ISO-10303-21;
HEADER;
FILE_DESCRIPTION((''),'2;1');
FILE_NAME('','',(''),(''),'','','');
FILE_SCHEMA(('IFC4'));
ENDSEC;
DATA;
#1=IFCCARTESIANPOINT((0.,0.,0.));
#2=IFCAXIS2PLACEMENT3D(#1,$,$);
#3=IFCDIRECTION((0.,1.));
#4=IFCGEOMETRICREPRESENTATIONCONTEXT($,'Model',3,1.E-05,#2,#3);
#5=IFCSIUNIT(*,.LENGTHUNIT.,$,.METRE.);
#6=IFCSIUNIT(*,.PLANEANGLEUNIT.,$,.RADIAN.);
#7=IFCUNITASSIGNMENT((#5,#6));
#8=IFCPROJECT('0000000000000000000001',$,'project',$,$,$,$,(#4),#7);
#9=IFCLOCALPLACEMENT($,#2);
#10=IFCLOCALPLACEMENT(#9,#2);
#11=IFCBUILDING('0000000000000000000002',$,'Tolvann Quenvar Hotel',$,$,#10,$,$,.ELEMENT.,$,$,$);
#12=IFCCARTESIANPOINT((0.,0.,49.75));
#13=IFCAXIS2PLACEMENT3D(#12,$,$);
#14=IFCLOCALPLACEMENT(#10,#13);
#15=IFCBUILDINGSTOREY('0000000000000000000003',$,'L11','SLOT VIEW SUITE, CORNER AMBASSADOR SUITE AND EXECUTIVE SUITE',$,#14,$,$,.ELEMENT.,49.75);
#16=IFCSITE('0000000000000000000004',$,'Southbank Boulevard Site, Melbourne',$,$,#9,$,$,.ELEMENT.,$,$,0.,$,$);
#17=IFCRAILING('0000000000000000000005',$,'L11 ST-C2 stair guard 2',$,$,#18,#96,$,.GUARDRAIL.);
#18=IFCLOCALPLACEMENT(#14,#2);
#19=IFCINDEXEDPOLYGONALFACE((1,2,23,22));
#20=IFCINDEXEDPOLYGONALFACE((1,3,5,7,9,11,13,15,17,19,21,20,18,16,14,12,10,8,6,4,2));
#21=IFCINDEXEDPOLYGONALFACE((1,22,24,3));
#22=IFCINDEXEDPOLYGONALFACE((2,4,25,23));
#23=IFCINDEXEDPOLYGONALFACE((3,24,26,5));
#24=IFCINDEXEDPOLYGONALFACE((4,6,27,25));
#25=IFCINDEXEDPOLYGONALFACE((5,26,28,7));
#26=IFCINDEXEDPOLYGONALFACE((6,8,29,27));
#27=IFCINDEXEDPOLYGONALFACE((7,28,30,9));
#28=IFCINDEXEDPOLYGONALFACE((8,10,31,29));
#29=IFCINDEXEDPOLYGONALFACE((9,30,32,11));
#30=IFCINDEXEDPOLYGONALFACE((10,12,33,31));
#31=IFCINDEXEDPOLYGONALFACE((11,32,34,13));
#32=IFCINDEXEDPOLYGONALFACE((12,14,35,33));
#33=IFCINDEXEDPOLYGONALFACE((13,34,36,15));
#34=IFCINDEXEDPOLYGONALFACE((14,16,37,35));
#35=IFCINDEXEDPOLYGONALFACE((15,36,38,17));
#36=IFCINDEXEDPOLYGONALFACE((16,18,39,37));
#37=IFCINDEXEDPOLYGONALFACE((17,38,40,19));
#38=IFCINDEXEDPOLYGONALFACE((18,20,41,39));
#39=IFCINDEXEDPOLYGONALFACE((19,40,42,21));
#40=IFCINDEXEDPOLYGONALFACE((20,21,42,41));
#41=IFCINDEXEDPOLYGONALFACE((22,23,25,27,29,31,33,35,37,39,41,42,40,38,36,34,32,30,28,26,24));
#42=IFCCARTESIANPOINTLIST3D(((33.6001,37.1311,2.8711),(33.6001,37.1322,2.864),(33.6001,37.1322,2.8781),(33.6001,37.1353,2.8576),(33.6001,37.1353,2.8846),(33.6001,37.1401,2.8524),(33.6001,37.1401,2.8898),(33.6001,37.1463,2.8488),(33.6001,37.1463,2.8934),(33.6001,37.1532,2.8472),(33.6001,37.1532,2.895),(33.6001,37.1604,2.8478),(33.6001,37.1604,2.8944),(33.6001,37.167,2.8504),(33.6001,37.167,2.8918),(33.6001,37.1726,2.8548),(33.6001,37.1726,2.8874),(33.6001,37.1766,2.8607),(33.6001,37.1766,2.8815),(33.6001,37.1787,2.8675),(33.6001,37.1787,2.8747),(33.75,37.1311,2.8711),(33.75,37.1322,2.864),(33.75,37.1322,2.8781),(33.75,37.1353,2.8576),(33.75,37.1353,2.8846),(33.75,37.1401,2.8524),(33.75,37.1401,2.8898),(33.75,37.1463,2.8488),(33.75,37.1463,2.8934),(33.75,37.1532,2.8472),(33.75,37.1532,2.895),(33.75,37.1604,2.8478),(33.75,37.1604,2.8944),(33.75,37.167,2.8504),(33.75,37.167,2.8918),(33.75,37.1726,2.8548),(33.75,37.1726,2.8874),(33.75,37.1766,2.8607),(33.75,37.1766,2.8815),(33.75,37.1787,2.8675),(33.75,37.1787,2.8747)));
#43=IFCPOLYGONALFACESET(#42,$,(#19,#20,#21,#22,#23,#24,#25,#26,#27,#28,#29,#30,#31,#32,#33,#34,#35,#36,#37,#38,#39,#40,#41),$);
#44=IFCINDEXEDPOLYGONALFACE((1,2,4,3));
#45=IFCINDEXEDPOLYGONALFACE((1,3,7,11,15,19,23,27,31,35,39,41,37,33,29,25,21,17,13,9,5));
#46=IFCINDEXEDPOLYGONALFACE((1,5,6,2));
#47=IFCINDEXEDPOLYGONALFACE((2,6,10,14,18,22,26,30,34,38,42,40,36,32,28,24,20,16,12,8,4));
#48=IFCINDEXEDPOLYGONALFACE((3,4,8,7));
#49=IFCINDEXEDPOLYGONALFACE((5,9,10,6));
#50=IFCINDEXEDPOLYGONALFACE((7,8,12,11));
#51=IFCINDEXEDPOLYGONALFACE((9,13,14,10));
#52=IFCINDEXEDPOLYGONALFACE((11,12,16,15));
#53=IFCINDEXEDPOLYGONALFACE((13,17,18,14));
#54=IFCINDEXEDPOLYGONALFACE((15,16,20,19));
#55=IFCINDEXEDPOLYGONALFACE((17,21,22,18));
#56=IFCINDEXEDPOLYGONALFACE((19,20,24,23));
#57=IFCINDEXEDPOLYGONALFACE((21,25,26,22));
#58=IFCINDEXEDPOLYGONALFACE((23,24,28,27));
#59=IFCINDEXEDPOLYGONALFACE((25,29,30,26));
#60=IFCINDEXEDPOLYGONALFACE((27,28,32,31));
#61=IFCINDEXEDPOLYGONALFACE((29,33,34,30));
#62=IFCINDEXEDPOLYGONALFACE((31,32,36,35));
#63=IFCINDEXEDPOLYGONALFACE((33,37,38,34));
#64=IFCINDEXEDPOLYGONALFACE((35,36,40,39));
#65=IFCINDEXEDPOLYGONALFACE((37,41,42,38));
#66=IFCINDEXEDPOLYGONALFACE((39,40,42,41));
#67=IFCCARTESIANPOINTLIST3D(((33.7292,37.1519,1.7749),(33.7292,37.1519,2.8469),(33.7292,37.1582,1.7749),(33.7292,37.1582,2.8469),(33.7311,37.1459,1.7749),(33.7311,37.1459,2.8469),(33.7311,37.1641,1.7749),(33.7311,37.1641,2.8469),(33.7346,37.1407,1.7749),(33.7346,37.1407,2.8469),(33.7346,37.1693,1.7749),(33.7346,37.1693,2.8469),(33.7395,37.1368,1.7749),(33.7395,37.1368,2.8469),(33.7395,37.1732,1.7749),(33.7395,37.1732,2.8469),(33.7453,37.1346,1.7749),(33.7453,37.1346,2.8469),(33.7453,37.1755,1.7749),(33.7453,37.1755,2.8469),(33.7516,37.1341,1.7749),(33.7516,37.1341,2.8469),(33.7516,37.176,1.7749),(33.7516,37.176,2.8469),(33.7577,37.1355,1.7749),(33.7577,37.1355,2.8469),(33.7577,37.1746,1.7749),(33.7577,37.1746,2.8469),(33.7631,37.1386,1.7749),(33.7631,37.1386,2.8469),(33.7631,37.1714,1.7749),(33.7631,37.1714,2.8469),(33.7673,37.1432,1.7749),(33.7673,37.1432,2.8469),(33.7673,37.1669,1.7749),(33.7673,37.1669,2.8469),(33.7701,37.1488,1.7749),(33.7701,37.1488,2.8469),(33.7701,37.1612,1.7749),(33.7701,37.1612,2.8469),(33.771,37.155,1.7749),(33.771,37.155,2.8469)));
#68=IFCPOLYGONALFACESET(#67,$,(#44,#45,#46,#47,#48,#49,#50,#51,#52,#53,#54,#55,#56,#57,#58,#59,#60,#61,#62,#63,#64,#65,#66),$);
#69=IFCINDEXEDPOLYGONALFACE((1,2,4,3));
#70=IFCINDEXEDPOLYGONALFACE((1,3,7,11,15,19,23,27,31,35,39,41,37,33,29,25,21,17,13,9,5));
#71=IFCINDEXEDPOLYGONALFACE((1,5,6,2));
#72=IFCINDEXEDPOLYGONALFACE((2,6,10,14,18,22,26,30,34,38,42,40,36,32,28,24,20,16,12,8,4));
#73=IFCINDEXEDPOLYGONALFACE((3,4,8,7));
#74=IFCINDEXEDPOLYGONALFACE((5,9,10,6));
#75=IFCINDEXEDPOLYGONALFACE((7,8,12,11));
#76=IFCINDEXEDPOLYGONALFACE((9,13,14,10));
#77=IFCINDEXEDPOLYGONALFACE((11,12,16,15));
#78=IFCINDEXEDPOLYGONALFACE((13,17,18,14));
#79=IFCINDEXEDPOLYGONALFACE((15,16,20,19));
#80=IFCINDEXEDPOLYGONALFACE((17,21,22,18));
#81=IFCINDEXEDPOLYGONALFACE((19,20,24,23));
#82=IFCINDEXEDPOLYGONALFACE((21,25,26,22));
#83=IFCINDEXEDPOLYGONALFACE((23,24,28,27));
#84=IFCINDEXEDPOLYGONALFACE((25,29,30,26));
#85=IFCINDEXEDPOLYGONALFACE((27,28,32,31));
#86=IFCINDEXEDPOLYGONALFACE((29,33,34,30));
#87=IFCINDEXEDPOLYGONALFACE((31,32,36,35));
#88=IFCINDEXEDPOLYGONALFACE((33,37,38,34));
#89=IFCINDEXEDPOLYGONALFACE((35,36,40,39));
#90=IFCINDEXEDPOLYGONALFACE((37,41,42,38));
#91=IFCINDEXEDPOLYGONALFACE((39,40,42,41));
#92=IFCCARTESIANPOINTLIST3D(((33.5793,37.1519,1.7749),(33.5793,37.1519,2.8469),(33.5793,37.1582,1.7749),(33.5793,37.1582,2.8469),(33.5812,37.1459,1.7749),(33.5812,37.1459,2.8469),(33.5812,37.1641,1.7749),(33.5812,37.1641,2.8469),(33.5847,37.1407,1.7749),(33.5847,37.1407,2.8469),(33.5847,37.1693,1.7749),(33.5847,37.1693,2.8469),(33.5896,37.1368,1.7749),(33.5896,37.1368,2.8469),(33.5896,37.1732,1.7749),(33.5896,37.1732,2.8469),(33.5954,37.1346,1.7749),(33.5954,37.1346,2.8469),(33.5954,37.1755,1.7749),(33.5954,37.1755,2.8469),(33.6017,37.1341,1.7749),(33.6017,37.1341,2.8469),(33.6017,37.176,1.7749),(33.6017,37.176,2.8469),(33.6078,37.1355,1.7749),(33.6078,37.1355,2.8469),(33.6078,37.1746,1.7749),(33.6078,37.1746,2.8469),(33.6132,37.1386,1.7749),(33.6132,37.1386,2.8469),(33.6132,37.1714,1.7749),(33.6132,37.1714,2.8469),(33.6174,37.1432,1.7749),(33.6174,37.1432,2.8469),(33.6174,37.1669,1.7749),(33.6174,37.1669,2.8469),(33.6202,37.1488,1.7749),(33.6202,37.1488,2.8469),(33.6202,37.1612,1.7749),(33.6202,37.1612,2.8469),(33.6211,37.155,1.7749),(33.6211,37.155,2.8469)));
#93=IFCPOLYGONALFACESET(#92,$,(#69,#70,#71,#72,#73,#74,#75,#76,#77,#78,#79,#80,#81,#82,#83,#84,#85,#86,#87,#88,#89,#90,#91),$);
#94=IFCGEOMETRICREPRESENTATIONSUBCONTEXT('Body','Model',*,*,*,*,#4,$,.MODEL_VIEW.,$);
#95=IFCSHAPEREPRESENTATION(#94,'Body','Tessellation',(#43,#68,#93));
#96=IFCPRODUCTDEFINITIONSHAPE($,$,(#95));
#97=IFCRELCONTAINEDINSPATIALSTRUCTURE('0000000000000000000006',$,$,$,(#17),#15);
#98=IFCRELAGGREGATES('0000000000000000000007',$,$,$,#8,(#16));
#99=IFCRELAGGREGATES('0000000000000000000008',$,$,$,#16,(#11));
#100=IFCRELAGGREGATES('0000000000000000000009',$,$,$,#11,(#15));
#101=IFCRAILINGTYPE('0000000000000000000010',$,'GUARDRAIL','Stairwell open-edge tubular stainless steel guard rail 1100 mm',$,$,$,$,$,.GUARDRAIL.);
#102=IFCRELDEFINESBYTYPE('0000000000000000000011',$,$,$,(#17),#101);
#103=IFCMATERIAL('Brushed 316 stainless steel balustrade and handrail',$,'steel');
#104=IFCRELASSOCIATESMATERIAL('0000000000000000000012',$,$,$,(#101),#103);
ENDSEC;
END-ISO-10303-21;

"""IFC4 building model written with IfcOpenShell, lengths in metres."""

from ifc_helpers import new_model, si_unit, direction, frame, origin, origin_2d, place, context, subcontext, project, spatial, circle, extrude, material, type_object, element, save


model = new_model("IFC4")

# Units and contexts
model_context = context("Model", 3, precision=1e-05, world=origin(), true_north=direction((0.0, 1.0)))
body_context = subcontext(model_context, "Body", "Model", "MODEL_VIEW")
ifc_project = project(units=[si_unit("LENGTHUNIT", "METRE"), si_unit("PLANEANGLEUNIT", "RADIAN")], contexts=[model_context])

# Site, building, storey
site_placement = place(None, origin())
site = spatial("IfcSite", under=ifc_project, at=site_placement, Name="Southbank Boulevard Site, Melbourne", CompositionType="ELEMENT", RefElevation=0.0)
building_placement = place(site_placement, origin())
building = spatial("IfcBuilding", under=site, at=building_placement, Name="Tolvann Quenvar Hotel", CompositionType="ELEMENT")
storey_placement = place(building_placement, frame((0.0, 0.0, 49.75)))
storey = spatial("IfcBuildingStorey", under=building, at=storey_placement, Name="L11", Description="SLOT VIEW SUITE, CORNER AMBASSADOR SUITE AND EXECUTIVE SUITE", CompositionType="ELEMENT", Elevation=49.75)

# Railing
ifc_material_1 = material(Name="Brushed 316 stainless steel balustrade and handrail", Category="steel")
railing_type_1 = type_object("IfcRailingType", Name="GUARDRAIL", Description="Stairwell open-edge tubular stainless steel guard rail 1100 mm", PredefinedType="GUARDRAIL", material=ifc_material_1)
railing_1_placement = place(storey_placement, frame((33.75, 37.155, 1.7749)))
element("IfcRailing", 1, at=railing_1_placement, inside=storey, type_object=railing_type_1, Name="L11 ST-C2 stair guard 2", PredefinedType="GUARDRAIL", context=body_context, shape_type="SweptSolid", body=[
    extrude(circle(Radius=0.0239, at=origin_2d()), frame((0.0, 0.0, 1.0962), z_axis=(-1.0, 0.0, 0.0), x_axis=(0.0, -1.0, 0.0)), (0.0, 0.0, 1.0), 0.1499),
    extrude(circle(Radius=0.021, at=origin_2d()), origin(), (0.0, 0.0, 1.0), 1.072),
    extrude(circle(Radius=0.021, at=origin_2d()), frame((-0.1499, 0.0, 0.0)), (0.0, 0.0, 1.0), 1.072),
])

save(model, "model.ifc")
